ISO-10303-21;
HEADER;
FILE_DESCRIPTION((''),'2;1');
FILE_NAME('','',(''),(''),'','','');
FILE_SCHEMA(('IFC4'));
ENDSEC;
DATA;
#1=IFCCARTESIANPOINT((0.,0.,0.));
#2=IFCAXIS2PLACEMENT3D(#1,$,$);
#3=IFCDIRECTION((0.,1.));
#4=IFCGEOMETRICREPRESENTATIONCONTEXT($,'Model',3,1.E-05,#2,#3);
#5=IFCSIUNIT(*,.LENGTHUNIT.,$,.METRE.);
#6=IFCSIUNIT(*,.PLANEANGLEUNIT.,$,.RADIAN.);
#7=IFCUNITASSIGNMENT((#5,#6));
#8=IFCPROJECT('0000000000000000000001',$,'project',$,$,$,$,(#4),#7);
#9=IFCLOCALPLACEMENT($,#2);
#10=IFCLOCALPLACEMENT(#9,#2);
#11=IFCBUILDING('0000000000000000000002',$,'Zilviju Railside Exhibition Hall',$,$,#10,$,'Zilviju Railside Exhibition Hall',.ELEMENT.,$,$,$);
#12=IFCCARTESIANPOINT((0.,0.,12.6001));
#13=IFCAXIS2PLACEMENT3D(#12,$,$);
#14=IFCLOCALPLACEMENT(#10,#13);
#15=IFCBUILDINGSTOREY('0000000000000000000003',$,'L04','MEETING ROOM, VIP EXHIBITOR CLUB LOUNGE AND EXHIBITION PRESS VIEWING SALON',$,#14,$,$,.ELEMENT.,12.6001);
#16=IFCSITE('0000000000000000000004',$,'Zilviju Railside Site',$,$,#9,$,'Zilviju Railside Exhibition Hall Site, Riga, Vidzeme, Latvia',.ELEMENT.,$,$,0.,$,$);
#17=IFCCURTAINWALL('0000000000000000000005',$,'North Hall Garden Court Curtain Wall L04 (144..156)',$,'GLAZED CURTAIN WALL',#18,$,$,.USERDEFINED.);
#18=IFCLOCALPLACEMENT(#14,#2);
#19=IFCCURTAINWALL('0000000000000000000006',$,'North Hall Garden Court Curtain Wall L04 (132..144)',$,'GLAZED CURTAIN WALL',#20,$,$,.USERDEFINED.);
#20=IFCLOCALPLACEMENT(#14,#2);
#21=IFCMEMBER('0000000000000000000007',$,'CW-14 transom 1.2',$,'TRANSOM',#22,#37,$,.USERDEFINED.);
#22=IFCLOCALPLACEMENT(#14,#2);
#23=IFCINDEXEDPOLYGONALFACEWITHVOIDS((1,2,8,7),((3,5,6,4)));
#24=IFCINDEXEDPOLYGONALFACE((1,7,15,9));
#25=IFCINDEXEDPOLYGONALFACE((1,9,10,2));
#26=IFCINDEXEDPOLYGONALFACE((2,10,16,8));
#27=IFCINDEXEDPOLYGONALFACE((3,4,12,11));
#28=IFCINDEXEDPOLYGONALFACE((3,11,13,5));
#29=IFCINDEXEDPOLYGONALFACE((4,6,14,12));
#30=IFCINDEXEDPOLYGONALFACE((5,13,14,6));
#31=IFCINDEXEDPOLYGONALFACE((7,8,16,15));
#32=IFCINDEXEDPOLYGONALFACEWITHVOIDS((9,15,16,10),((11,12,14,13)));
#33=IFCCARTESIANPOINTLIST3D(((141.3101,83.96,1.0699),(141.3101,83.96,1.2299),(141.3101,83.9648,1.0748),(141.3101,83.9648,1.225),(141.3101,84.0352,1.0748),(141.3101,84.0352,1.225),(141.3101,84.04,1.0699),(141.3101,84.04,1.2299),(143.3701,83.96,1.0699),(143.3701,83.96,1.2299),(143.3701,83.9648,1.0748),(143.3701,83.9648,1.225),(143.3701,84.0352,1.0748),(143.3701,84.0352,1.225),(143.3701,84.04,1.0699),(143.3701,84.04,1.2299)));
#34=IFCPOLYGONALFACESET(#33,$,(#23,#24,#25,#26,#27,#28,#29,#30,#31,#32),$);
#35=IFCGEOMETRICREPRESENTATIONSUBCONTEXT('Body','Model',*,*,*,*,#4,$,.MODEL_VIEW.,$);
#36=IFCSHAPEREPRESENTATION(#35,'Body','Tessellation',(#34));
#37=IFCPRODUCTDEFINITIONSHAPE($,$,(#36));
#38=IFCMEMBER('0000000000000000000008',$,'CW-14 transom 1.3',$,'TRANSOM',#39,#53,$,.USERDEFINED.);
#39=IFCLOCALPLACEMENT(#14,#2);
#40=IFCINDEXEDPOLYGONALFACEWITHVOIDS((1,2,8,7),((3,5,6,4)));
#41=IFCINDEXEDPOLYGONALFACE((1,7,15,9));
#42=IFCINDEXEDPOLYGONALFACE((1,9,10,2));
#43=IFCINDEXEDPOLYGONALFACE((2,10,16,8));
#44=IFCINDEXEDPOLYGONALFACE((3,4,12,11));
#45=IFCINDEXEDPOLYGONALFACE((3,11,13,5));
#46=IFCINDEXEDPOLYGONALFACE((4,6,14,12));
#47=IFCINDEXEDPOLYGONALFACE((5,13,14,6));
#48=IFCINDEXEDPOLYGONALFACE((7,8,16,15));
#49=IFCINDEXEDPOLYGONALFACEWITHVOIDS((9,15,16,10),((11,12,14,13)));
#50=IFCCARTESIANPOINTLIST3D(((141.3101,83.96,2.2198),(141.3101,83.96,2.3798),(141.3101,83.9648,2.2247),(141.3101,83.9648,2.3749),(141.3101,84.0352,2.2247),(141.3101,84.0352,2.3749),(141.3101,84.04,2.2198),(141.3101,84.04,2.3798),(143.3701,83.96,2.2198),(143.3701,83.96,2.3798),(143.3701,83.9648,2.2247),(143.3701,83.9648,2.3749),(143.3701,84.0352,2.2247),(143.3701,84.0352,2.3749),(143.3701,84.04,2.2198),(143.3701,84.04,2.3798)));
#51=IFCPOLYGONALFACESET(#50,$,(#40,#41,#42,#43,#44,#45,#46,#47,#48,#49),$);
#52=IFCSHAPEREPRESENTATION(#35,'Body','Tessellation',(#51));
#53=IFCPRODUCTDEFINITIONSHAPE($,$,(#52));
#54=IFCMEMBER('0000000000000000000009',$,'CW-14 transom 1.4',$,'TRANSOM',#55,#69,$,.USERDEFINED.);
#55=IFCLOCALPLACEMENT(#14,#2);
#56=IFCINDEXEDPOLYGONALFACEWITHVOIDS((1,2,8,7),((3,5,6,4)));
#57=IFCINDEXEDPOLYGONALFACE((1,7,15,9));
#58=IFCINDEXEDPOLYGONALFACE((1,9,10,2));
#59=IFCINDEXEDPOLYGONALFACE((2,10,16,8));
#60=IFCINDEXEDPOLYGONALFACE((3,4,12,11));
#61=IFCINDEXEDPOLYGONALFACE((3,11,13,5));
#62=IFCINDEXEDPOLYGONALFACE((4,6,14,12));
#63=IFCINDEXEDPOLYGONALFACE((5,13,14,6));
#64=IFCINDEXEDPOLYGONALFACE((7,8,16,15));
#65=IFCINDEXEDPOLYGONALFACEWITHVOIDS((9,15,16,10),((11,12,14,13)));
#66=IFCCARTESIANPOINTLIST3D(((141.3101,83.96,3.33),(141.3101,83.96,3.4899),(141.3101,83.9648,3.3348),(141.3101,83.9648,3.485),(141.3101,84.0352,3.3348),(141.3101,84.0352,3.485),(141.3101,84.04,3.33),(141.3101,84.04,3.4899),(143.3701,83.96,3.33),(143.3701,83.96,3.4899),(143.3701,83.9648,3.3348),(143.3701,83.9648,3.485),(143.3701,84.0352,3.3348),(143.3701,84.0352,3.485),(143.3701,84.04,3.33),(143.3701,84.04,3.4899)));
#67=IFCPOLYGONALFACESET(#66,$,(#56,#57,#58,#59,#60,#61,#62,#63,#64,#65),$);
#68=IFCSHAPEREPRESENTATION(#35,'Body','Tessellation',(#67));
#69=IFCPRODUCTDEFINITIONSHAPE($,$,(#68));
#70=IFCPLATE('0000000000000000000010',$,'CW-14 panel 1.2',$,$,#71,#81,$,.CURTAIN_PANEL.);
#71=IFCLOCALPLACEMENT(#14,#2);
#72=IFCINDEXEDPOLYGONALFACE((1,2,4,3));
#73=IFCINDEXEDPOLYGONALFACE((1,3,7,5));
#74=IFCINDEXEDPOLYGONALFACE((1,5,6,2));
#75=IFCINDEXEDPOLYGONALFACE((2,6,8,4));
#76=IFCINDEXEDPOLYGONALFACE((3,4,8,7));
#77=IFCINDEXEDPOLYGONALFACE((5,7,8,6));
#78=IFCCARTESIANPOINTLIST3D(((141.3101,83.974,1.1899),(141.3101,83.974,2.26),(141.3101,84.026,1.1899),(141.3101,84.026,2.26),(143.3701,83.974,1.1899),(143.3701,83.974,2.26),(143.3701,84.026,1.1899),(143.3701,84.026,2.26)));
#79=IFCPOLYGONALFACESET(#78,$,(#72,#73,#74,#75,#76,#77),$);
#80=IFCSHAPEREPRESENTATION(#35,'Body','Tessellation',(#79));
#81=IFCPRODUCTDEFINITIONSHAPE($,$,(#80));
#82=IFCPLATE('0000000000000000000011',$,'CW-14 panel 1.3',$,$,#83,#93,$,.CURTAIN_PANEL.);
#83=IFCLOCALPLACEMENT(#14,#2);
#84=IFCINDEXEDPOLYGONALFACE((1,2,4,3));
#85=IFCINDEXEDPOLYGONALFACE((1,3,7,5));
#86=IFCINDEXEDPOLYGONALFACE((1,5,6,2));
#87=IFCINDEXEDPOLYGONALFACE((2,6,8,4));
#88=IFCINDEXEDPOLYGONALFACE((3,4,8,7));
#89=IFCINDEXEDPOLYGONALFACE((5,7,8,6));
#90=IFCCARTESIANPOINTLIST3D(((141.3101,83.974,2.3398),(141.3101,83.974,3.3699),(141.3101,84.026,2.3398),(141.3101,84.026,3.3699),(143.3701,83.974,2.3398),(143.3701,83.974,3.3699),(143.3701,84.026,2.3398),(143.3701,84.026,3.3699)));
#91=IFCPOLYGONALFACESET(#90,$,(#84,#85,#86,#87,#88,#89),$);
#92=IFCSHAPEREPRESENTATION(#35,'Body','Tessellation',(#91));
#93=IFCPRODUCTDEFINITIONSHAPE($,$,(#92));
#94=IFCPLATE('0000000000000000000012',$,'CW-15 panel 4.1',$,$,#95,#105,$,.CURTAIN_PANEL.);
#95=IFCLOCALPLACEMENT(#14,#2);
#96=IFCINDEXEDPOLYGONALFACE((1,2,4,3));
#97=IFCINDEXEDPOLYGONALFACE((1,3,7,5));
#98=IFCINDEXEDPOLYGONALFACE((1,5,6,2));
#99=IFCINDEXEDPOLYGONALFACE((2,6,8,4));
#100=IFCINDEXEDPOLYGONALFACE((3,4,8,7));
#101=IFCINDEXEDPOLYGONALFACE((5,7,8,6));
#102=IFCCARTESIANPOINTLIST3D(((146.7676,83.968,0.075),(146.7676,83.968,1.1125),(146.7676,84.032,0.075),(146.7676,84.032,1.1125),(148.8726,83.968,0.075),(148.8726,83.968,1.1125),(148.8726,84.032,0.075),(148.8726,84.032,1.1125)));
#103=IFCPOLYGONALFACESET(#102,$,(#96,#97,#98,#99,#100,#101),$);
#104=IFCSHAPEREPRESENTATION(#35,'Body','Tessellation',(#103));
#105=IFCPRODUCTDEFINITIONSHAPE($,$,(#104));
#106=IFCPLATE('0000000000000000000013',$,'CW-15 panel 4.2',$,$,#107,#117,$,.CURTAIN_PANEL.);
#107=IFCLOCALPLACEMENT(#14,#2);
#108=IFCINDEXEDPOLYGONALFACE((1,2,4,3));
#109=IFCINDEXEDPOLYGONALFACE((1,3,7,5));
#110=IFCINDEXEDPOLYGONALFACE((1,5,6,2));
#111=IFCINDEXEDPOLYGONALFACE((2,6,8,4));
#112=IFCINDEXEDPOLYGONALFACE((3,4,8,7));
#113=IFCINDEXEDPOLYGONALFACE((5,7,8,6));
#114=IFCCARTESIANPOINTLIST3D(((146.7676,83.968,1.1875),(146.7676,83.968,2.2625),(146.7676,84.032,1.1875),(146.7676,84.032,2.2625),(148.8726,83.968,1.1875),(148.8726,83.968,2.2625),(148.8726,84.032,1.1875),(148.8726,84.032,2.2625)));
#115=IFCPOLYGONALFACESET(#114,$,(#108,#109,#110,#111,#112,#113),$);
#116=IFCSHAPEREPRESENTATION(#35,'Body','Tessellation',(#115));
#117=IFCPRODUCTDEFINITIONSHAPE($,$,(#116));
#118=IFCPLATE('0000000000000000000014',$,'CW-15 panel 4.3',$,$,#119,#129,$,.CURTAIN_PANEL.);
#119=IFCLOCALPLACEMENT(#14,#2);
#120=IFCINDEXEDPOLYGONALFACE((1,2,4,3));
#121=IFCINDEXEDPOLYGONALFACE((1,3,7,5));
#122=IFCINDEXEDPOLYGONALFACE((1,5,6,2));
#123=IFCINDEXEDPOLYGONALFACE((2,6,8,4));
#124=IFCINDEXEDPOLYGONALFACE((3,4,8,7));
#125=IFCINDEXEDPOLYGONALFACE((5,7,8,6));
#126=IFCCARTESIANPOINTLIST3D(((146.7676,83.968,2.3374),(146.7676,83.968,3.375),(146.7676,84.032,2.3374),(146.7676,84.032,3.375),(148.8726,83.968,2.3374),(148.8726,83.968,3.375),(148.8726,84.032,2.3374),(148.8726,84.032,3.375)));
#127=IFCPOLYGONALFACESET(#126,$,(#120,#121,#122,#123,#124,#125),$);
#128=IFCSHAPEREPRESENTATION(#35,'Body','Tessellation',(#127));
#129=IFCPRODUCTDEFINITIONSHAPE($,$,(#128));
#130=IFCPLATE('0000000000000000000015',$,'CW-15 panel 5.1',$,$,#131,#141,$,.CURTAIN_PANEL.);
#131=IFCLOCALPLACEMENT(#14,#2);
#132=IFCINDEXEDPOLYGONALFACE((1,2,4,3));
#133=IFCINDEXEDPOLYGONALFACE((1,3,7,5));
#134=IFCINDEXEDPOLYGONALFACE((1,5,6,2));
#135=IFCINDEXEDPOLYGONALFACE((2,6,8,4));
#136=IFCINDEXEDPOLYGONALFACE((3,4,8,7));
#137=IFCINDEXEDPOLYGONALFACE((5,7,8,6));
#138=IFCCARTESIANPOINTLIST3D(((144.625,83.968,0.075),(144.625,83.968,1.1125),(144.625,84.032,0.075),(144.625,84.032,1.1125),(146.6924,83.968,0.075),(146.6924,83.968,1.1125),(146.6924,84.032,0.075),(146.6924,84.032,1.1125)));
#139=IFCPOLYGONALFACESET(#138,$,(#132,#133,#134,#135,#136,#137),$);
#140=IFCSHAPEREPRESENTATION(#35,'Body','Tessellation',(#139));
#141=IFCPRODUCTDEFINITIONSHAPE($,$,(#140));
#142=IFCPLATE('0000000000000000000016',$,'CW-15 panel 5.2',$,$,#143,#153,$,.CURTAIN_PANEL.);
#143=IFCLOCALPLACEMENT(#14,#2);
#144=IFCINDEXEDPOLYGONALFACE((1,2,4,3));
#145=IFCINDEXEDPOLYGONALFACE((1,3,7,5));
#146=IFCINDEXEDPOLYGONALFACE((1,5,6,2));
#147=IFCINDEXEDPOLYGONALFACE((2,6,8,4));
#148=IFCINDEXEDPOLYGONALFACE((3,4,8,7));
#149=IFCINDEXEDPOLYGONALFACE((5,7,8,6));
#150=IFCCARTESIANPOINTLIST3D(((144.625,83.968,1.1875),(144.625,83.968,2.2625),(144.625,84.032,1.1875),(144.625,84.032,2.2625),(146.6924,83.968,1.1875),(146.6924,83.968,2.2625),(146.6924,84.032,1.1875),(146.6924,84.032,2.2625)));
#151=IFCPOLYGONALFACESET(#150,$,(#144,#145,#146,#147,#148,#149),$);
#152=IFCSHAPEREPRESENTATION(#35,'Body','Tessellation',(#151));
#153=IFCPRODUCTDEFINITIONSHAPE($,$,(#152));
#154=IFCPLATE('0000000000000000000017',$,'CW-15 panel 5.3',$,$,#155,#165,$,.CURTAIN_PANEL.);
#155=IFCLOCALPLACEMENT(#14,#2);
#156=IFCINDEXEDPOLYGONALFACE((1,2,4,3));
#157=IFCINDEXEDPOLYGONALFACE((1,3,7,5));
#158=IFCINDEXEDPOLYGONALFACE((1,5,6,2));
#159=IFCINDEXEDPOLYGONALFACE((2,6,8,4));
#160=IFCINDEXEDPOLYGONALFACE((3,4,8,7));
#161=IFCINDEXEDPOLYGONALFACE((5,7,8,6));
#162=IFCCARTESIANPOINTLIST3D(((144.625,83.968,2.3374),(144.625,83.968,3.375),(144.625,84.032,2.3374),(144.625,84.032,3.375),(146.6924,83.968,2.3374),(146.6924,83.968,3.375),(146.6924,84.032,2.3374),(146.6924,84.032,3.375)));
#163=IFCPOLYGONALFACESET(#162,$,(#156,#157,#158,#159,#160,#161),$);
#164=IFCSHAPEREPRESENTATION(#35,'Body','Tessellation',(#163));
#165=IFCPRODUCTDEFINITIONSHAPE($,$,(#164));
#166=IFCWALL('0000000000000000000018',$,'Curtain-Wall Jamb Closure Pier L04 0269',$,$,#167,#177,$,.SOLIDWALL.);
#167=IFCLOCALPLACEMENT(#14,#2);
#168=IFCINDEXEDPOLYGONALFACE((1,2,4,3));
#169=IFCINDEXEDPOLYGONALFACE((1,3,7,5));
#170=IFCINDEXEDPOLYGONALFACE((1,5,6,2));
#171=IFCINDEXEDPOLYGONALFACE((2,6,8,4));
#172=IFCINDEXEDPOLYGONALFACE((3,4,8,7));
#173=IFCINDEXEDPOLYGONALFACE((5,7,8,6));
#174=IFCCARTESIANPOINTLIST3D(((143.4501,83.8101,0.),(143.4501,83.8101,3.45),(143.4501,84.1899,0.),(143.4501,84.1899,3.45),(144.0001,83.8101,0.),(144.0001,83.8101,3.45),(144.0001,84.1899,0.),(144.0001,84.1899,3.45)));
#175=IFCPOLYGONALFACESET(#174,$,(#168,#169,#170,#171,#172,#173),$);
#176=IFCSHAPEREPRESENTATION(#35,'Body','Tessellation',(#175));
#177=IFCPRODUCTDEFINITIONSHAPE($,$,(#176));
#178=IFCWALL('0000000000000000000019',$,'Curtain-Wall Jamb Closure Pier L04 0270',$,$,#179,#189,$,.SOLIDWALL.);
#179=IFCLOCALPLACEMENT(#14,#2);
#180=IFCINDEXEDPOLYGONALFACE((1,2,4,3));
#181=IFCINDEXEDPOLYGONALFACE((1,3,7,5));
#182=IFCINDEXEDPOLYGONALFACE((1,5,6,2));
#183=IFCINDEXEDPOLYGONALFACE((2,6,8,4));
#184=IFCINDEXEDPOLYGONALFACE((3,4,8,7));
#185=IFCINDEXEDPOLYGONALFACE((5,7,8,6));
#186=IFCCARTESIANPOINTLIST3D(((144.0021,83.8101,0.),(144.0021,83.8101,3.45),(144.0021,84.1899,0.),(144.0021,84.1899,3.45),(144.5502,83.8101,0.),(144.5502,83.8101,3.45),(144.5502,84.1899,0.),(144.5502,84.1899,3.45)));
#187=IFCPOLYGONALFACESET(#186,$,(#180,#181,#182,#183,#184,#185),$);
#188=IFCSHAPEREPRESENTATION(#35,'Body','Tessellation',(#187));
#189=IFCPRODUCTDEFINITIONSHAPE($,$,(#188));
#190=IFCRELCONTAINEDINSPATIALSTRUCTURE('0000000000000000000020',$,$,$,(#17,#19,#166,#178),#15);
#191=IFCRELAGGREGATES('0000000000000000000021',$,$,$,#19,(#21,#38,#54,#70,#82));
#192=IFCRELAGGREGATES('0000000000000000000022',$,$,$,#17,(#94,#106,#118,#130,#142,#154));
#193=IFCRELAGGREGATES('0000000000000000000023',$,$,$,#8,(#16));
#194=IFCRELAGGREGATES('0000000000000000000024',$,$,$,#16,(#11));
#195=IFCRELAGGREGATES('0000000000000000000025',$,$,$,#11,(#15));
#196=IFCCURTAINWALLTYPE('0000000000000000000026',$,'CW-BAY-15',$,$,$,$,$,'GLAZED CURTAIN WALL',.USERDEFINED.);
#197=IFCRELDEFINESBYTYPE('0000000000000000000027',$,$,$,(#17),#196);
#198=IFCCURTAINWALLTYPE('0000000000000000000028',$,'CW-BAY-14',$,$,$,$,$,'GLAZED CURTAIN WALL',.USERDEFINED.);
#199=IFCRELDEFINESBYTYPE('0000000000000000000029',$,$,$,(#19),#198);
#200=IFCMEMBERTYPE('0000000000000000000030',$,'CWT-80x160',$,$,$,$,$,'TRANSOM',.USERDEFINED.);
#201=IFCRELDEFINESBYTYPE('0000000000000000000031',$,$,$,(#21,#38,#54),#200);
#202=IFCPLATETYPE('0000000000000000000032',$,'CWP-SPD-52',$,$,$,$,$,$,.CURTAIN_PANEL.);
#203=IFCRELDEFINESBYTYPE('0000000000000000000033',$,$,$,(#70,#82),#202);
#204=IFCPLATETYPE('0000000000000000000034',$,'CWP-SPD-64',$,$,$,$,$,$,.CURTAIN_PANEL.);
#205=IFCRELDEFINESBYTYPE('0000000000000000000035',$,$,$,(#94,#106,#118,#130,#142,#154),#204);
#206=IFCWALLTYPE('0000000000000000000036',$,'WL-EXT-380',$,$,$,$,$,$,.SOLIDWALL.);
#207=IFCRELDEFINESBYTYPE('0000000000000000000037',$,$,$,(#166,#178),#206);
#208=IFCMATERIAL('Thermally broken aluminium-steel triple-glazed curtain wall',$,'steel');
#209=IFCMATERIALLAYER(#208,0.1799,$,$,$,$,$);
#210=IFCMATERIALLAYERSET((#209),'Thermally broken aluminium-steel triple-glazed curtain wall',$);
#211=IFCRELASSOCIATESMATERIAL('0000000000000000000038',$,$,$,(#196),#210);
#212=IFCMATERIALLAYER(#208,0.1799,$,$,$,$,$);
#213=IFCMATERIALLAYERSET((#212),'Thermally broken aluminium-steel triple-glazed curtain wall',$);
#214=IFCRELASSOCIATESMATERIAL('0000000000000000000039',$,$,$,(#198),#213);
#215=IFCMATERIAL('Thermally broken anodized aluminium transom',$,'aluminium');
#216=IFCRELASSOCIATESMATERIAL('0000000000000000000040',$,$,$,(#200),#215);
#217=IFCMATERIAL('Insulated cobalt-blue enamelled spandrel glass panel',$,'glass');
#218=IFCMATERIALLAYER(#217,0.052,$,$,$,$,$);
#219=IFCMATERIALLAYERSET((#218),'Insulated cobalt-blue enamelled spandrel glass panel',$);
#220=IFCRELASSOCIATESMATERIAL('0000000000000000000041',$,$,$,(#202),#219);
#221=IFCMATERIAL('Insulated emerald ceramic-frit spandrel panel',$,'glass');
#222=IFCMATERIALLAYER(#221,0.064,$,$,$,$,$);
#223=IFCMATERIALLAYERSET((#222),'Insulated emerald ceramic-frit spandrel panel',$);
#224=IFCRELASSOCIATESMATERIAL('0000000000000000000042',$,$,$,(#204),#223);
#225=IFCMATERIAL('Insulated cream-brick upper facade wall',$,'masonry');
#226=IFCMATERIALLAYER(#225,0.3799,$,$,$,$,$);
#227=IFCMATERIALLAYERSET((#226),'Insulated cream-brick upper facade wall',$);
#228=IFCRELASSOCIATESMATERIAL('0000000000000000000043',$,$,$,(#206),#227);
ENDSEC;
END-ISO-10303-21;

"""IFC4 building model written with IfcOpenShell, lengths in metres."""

from ifc_helpers import new_model, si_unit, direction, frame, frame_2d, origin, origin_2d, place, context, subcontext, project, spatial, rectangle, hollow_rectangle, extrude, material, layer, layer_set, material_profile, profile_set, type_object, element, aggregate, save


model = new_model("IFC4")

# Units and contexts
model_context = context("Model", 3, precision=1e-05, world=origin(), true_north=direction((0.0, 1.0)))
body_context = subcontext(model_context, "Body", "Model", "MODEL_VIEW")
ifc_project = project(units=[si_unit("LENGTHUNIT", "METRE"), si_unit("PLANEANGLEUNIT", "RADIAN")], contexts=[model_context])

# Site, building, storey
site_placement = place(None, origin())
site = spatial("IfcSite", under=ifc_project, at=site_placement, Name="Zilviju Railside Site", LongName="Zilviju Railside Exhibition Hall Site, Riga, Vidzeme, Latvia", CompositionType="ELEMENT", RefElevation=0.0)
building_placement = place(site_placement, origin())
building = spatial("IfcBuilding", under=site, at=building_placement, Name="Zilviju Railside Exhibition Hall", LongName="Zilviju Railside Exhibition Hall", CompositionType="ELEMENT")
storey_placement = place(building_placement, frame((0.0, 0.0, 12.6001)))
storey = spatial("IfcBuildingStorey", under=building, at=storey_placement, Name="L04", Description="MEETING ROOM, VIP EXHIBITOR CLUB LOUNGE AND EXHIBITION PRESS VIEWING SALON", CompositionType="ELEMENT", Elevation=12.6001)

# Curtain wall
ifc_material_1 = material(Name="Thermally broken aluminium-steel triple-glazed curtain wall", Category="steel")
ifc_layer_1 = layer(ifc_material_1, 0.1799)
ifc_layer_set_1 = layer_set([ifc_layer_1], Name="Thermally broken aluminium-steel triple-glazed curtain wall")
curtain_wall_type_1 = type_object("IfcCurtainWallType", Name="CW-BAY-15", ElementType="GLAZED CURTAIN WALL", PredefinedType="USERDEFINED", material=ifc_layer_set_1)
curtain_wall_1_placement = place(storey_placement, origin())
curtain_wall_1 = element("IfcCurtainWall", 1, at=curtain_wall_1_placement, inside=storey, type_object=curtain_wall_type_1, Name="North Hall Garden Court Curtain Wall L04 (144..156)", ObjectType="GLAZED CURTAIN WALL", PredefinedType="USERDEFINED")

# Curtain wall
ifc_layer_2 = layer(ifc_material_1, 0.1799)
ifc_layer_set_2 = layer_set([ifc_layer_2], Name="Thermally broken aluminium-steel triple-glazed curtain wall")
curtain_wall_type_2 = type_object("IfcCurtainWallType", Name="CW-BAY-14", ElementType="GLAZED CURTAIN WALL", PredefinedType="USERDEFINED", material=ifc_layer_set_2)
curtain_wall_2_placement = place(storey_placement, origin())
curtain_wall_2 = element("IfcCurtainWall", 2, at=curtain_wall_2_placement, inside=storey, type_object=curtain_wall_type_2, Name="North Hall Garden Court Curtain Wall L04 (132..144)", ObjectType="GLAZED CURTAIN WALL", PredefinedType="USERDEFINED")

# Members
ifc_material_2 = material(Name="Thermally broken anodized aluminium transom", Category="aluminium")
ifc_material_profile_1 = material_profile(ifc_material_2, hollow_rectangle(XDim=0.0801, YDim=0.1599, WallThickness=0.0049, at=origin_2d()), Name="TRANSOM 160x80x5")
ifc_profile_set_1 = profile_set([ifc_material_profile_1], Name="Thermally broken anodized aluminium transom")
member_type_1 = type_object("IfcMemberType", Name="CWT-80x160", ElementType="TRANSOM", PredefinedType="USERDEFINED", material=ifc_profile_set_1)
member_1_placement = place(storey_placement, frame((143.3701, 84.0, 1.1499), z_axis=(-1.0, 0.0, 0.0), x_axis=(0.0, -1.0, 0.0)))
member_1 = element("IfcMember", 3, at=member_1_placement, type_object=member_type_1, Name="CW-14 transom 1.2", ObjectType="TRANSOM", PredefinedType="USERDEFINED", context=body_context, shape_type="SweptSolid", body=[
    extrude(hollow_rectangle(XDim=0.0801, YDim=0.1599, WallThickness=0.0049, at=origin_2d()), origin(), (0.0, 0.0, 1.0), 2.0601),
])
member_2_placement = place(storey_placement, frame((143.3701, 84.0, 2.2998), z_axis=(-1.0, 0.0, 0.0), x_axis=(0.0, -1.0, 0.0)))
member_2 = element("IfcMember", 4, at=member_2_placement, type_object=member_type_1, Name="CW-14 transom 1.3", ObjectType="TRANSOM", PredefinedType="USERDEFINED", context=body_context, shape_type="SweptSolid", body=[
    extrude(hollow_rectangle(XDim=0.0801, YDim=0.1599, WallThickness=0.0049, at=origin_2d()), origin(), (0.0, 0.0, 1.0), 2.0601),
])
member_3_placement = place(storey_placement, frame((143.3701, 84.0, 3.4099), z_axis=(-1.0, 0.0, 0.0), x_axis=(0.0, -1.0, 0.0)))
member_3 = element("IfcMember", 5, at=member_3_placement, type_object=member_type_1, Name="CW-14 transom 1.4", ObjectType="TRANSOM", PredefinedType="USERDEFINED", context=body_context, shape_type="SweptSolid", body=[
    extrude(hollow_rectangle(XDim=0.0801, YDim=0.1599, WallThickness=0.0049, at=origin_2d()), origin(), (0.0, 0.0, 1.0), 2.0601),
])

# Plates
ifc_material_3 = material(Name="Insulated cobalt-blue enamelled spandrel glass panel", Category="glass")
ifc_layer_3 = layer(ifc_material_3, 0.052)
ifc_layer_set_3 = layer_set([ifc_layer_3], Name="Insulated cobalt-blue enamelled spandrel glass panel")
plate_type_1 = type_object("IfcPlateType", Name="CWP-SPD-52", PredefinedType="CURTAIN_PANEL", material=ifc_layer_set_3)
plate_1_placement = place(storey_placement, frame((142.3401, 84.0, 1.1899), z_axis=(0.0, 0.0, 1.0), x_axis=(-1.0, 0.0, 0.0)))
plate_1 = element("IfcPlate", 6, at=plate_1_placement, type_object=plate_type_1, Name="CW-14 panel 1.2", PredefinedType="CURTAIN_PANEL", context=body_context, shape_type="SweptSolid", body=[
    extrude(rectangle(XDim=2.0601, YDim=0.052, at=origin_2d()), origin(), (0.0, 0.0, 1.0), 1.0701),
])
plate_2_placement = place(storey_placement, frame((142.3401, 84.0, 2.3398), z_axis=(0.0, 0.0, 1.0), x_axis=(-1.0, 0.0, 0.0)))
plate_2 = element("IfcPlate", 7, at=plate_2_placement, type_object=plate_type_1, Name="CW-14 panel 1.3", PredefinedType="CURTAIN_PANEL", context=body_context, shape_type="SweptSolid", body=[
    extrude(rectangle(XDim=2.0601, YDim=0.052, at=origin_2d()), origin(), (0.0, 0.0, 1.0), 1.03),
])
aggregate(curtain_wall_2, [member_1, member_2, member_3, plate_1, plate_2])
ifc_material_4 = material(Name="Insulated emerald ceramic-frit spandrel panel", Category="glass")
ifc_layer_4 = layer(ifc_material_4, 0.064)
ifc_layer_set_4 = layer_set([ifc_layer_4], Name="Insulated emerald ceramic-frit spandrel panel")
plate_type_2 = type_object("IfcPlateType", Name="CWP-SPD-64", PredefinedType="CURTAIN_PANEL", material=ifc_layer_set_4)
plate_3_placement = place(storey_placement, frame((147.8201, 84.0, 0.075), z_axis=(0.0, 0.0, 1.0), x_axis=(-1.0, 0.0, 0.0)))
plate_3 = element("IfcPlate", 8, at=plate_3_placement, type_object=plate_type_2, Name="CW-15 panel 4.1", PredefinedType="CURTAIN_PANEL", context=body_context, shape_type="SweptSolid", body=[
    extrude(rectangle(XDim=2.105, YDim=0.064, at=origin_2d()), origin(), (0.0, 0.0, 1.0), 1.0376),
])
plate_4_placement = place(storey_placement, frame((147.8201, 84.0, 1.1875), z_axis=(0.0, 0.0, 1.0), x_axis=(-1.0, 0.0, 0.0)))
plate_4 = element("IfcPlate", 9, at=plate_4_placement, type_object=plate_type_2, Name="CW-15 panel 4.2", PredefinedType="CURTAIN_PANEL", context=body_context, shape_type="SweptSolid", body=[
    extrude(rectangle(XDim=2.105, YDim=0.064, at=origin_2d()), origin(), (0.0, 0.0, 1.0), 1.075),
])
plate_5_placement = place(storey_placement, frame((147.8201, 84.0, 2.3374), z_axis=(0.0, 0.0, 1.0), x_axis=(-1.0, 0.0, 0.0)))
plate_5 = element("IfcPlate", 10, at=plate_5_placement, type_object=plate_type_2, Name="CW-15 panel 4.3", PredefinedType="CURTAIN_PANEL", context=body_context, shape_type="SweptSolid", body=[
    extrude(rectangle(XDim=2.105, YDim=0.064, at=origin_2d()), origin(), (0.0, 0.0, 1.0), 1.0376),
])
plate_6_placement = place(storey_placement, frame((145.6587, 84.0, 0.075), z_axis=(0.0, 0.0, 1.0), x_axis=(-1.0, 0.0, 0.0)))
plate_6 = element("IfcPlate", 11, at=plate_6_placement, type_object=plate_type_2, Name="CW-15 panel 5.1", PredefinedType="CURTAIN_PANEL", context=body_context, shape_type="SweptSolid", body=[
    extrude(rectangle(XDim=2.0674, YDim=0.064, at=origin_2d()), origin(), (0.0, 0.0, 1.0), 1.0376),
])
plate_7_placement = place(storey_placement, frame((145.6587, 84.0, 1.1875), z_axis=(0.0, 0.0, 1.0), x_axis=(-1.0, 0.0, 0.0)))
plate_7 = element("IfcPlate", 12, at=plate_7_placement, type_object=plate_type_2, Name="CW-15 panel 5.2", PredefinedType="CURTAIN_PANEL", context=body_context, shape_type="SweptSolid", body=[
    extrude(rectangle(XDim=2.0674, YDim=0.064, at=origin_2d()), origin(), (0.0, 0.0, 1.0), 1.075),
])
plate_8_placement = place(storey_placement, frame((145.6587, 84.0, 2.3374), z_axis=(0.0, 0.0, 1.0), x_axis=(-1.0, 0.0, 0.0)))
plate_8 = element("IfcPlate", 13, at=plate_8_placement, type_object=plate_type_2, Name="CW-15 panel 5.3", PredefinedType="CURTAIN_PANEL", context=body_context, shape_type="SweptSolid", body=[
    extrude(rectangle(XDim=2.0674, YDim=0.064, at=origin_2d()), origin(), (0.0, 0.0, 1.0), 1.0376),
])
aggregate(curtain_wall_1, [plate_3, plate_4, plate_5, plate_6, plate_7, plate_8])

# Walls
ifc_material_5 = material(Name="Insulated cream-brick upper facade wall", Category="masonry")
ifc_layer_5 = layer(ifc_material_5, 0.3799)
ifc_layer_set_5 = layer_set([ifc_layer_5], Name="Insulated cream-brick upper facade wall")
wall_type = type_object("IfcWallType", Name="WL-EXT-380", PredefinedType="SOLIDWALL", material=ifc_layer_set_5)
wall_1_placement = place(storey_placement, frame((144.0, 84.0, 0.0), z_axis=(0.0, 0.0, 1.0), x_axis=(-1.0, 0.0, 0.0)))
element("IfcWall", 14, at=wall_1_placement, inside=storey, type_object=wall_type, Name="Curtain-Wall Jamb Closure Pier L04 0269", PredefinedType="SOLIDWALL", context=body_context, shape_type="SweptSolid", body=[
    extrude(rectangle(XDim=0.55, YDim=0.3799, at=frame_2d((0.2749, 0.0))), origin(), (0.0, 0.0, 1.0), 3.45),
])
wall_2_placement = place(storey_placement, frame((144.55, 84.0, 0.0), z_axis=(0.0, 0.0, 1.0), x_axis=(-1.0, 0.0, 0.0)))
element("IfcWall", 15, at=wall_2_placement, inside=storey, type_object=wall_type, Name="Curtain-Wall Jamb Closure Pier L04 0270", PredefinedType="SOLIDWALL", context=body_context, shape_type="SweptSolid", body=[
    extrude(rectangle(XDim=0.5481, YDim=0.3799, at=frame_2d((0.2739, 0.0))), origin(), (0.0, 0.0, 1.0), 3.45),
])

save(model, "model.ifc")
